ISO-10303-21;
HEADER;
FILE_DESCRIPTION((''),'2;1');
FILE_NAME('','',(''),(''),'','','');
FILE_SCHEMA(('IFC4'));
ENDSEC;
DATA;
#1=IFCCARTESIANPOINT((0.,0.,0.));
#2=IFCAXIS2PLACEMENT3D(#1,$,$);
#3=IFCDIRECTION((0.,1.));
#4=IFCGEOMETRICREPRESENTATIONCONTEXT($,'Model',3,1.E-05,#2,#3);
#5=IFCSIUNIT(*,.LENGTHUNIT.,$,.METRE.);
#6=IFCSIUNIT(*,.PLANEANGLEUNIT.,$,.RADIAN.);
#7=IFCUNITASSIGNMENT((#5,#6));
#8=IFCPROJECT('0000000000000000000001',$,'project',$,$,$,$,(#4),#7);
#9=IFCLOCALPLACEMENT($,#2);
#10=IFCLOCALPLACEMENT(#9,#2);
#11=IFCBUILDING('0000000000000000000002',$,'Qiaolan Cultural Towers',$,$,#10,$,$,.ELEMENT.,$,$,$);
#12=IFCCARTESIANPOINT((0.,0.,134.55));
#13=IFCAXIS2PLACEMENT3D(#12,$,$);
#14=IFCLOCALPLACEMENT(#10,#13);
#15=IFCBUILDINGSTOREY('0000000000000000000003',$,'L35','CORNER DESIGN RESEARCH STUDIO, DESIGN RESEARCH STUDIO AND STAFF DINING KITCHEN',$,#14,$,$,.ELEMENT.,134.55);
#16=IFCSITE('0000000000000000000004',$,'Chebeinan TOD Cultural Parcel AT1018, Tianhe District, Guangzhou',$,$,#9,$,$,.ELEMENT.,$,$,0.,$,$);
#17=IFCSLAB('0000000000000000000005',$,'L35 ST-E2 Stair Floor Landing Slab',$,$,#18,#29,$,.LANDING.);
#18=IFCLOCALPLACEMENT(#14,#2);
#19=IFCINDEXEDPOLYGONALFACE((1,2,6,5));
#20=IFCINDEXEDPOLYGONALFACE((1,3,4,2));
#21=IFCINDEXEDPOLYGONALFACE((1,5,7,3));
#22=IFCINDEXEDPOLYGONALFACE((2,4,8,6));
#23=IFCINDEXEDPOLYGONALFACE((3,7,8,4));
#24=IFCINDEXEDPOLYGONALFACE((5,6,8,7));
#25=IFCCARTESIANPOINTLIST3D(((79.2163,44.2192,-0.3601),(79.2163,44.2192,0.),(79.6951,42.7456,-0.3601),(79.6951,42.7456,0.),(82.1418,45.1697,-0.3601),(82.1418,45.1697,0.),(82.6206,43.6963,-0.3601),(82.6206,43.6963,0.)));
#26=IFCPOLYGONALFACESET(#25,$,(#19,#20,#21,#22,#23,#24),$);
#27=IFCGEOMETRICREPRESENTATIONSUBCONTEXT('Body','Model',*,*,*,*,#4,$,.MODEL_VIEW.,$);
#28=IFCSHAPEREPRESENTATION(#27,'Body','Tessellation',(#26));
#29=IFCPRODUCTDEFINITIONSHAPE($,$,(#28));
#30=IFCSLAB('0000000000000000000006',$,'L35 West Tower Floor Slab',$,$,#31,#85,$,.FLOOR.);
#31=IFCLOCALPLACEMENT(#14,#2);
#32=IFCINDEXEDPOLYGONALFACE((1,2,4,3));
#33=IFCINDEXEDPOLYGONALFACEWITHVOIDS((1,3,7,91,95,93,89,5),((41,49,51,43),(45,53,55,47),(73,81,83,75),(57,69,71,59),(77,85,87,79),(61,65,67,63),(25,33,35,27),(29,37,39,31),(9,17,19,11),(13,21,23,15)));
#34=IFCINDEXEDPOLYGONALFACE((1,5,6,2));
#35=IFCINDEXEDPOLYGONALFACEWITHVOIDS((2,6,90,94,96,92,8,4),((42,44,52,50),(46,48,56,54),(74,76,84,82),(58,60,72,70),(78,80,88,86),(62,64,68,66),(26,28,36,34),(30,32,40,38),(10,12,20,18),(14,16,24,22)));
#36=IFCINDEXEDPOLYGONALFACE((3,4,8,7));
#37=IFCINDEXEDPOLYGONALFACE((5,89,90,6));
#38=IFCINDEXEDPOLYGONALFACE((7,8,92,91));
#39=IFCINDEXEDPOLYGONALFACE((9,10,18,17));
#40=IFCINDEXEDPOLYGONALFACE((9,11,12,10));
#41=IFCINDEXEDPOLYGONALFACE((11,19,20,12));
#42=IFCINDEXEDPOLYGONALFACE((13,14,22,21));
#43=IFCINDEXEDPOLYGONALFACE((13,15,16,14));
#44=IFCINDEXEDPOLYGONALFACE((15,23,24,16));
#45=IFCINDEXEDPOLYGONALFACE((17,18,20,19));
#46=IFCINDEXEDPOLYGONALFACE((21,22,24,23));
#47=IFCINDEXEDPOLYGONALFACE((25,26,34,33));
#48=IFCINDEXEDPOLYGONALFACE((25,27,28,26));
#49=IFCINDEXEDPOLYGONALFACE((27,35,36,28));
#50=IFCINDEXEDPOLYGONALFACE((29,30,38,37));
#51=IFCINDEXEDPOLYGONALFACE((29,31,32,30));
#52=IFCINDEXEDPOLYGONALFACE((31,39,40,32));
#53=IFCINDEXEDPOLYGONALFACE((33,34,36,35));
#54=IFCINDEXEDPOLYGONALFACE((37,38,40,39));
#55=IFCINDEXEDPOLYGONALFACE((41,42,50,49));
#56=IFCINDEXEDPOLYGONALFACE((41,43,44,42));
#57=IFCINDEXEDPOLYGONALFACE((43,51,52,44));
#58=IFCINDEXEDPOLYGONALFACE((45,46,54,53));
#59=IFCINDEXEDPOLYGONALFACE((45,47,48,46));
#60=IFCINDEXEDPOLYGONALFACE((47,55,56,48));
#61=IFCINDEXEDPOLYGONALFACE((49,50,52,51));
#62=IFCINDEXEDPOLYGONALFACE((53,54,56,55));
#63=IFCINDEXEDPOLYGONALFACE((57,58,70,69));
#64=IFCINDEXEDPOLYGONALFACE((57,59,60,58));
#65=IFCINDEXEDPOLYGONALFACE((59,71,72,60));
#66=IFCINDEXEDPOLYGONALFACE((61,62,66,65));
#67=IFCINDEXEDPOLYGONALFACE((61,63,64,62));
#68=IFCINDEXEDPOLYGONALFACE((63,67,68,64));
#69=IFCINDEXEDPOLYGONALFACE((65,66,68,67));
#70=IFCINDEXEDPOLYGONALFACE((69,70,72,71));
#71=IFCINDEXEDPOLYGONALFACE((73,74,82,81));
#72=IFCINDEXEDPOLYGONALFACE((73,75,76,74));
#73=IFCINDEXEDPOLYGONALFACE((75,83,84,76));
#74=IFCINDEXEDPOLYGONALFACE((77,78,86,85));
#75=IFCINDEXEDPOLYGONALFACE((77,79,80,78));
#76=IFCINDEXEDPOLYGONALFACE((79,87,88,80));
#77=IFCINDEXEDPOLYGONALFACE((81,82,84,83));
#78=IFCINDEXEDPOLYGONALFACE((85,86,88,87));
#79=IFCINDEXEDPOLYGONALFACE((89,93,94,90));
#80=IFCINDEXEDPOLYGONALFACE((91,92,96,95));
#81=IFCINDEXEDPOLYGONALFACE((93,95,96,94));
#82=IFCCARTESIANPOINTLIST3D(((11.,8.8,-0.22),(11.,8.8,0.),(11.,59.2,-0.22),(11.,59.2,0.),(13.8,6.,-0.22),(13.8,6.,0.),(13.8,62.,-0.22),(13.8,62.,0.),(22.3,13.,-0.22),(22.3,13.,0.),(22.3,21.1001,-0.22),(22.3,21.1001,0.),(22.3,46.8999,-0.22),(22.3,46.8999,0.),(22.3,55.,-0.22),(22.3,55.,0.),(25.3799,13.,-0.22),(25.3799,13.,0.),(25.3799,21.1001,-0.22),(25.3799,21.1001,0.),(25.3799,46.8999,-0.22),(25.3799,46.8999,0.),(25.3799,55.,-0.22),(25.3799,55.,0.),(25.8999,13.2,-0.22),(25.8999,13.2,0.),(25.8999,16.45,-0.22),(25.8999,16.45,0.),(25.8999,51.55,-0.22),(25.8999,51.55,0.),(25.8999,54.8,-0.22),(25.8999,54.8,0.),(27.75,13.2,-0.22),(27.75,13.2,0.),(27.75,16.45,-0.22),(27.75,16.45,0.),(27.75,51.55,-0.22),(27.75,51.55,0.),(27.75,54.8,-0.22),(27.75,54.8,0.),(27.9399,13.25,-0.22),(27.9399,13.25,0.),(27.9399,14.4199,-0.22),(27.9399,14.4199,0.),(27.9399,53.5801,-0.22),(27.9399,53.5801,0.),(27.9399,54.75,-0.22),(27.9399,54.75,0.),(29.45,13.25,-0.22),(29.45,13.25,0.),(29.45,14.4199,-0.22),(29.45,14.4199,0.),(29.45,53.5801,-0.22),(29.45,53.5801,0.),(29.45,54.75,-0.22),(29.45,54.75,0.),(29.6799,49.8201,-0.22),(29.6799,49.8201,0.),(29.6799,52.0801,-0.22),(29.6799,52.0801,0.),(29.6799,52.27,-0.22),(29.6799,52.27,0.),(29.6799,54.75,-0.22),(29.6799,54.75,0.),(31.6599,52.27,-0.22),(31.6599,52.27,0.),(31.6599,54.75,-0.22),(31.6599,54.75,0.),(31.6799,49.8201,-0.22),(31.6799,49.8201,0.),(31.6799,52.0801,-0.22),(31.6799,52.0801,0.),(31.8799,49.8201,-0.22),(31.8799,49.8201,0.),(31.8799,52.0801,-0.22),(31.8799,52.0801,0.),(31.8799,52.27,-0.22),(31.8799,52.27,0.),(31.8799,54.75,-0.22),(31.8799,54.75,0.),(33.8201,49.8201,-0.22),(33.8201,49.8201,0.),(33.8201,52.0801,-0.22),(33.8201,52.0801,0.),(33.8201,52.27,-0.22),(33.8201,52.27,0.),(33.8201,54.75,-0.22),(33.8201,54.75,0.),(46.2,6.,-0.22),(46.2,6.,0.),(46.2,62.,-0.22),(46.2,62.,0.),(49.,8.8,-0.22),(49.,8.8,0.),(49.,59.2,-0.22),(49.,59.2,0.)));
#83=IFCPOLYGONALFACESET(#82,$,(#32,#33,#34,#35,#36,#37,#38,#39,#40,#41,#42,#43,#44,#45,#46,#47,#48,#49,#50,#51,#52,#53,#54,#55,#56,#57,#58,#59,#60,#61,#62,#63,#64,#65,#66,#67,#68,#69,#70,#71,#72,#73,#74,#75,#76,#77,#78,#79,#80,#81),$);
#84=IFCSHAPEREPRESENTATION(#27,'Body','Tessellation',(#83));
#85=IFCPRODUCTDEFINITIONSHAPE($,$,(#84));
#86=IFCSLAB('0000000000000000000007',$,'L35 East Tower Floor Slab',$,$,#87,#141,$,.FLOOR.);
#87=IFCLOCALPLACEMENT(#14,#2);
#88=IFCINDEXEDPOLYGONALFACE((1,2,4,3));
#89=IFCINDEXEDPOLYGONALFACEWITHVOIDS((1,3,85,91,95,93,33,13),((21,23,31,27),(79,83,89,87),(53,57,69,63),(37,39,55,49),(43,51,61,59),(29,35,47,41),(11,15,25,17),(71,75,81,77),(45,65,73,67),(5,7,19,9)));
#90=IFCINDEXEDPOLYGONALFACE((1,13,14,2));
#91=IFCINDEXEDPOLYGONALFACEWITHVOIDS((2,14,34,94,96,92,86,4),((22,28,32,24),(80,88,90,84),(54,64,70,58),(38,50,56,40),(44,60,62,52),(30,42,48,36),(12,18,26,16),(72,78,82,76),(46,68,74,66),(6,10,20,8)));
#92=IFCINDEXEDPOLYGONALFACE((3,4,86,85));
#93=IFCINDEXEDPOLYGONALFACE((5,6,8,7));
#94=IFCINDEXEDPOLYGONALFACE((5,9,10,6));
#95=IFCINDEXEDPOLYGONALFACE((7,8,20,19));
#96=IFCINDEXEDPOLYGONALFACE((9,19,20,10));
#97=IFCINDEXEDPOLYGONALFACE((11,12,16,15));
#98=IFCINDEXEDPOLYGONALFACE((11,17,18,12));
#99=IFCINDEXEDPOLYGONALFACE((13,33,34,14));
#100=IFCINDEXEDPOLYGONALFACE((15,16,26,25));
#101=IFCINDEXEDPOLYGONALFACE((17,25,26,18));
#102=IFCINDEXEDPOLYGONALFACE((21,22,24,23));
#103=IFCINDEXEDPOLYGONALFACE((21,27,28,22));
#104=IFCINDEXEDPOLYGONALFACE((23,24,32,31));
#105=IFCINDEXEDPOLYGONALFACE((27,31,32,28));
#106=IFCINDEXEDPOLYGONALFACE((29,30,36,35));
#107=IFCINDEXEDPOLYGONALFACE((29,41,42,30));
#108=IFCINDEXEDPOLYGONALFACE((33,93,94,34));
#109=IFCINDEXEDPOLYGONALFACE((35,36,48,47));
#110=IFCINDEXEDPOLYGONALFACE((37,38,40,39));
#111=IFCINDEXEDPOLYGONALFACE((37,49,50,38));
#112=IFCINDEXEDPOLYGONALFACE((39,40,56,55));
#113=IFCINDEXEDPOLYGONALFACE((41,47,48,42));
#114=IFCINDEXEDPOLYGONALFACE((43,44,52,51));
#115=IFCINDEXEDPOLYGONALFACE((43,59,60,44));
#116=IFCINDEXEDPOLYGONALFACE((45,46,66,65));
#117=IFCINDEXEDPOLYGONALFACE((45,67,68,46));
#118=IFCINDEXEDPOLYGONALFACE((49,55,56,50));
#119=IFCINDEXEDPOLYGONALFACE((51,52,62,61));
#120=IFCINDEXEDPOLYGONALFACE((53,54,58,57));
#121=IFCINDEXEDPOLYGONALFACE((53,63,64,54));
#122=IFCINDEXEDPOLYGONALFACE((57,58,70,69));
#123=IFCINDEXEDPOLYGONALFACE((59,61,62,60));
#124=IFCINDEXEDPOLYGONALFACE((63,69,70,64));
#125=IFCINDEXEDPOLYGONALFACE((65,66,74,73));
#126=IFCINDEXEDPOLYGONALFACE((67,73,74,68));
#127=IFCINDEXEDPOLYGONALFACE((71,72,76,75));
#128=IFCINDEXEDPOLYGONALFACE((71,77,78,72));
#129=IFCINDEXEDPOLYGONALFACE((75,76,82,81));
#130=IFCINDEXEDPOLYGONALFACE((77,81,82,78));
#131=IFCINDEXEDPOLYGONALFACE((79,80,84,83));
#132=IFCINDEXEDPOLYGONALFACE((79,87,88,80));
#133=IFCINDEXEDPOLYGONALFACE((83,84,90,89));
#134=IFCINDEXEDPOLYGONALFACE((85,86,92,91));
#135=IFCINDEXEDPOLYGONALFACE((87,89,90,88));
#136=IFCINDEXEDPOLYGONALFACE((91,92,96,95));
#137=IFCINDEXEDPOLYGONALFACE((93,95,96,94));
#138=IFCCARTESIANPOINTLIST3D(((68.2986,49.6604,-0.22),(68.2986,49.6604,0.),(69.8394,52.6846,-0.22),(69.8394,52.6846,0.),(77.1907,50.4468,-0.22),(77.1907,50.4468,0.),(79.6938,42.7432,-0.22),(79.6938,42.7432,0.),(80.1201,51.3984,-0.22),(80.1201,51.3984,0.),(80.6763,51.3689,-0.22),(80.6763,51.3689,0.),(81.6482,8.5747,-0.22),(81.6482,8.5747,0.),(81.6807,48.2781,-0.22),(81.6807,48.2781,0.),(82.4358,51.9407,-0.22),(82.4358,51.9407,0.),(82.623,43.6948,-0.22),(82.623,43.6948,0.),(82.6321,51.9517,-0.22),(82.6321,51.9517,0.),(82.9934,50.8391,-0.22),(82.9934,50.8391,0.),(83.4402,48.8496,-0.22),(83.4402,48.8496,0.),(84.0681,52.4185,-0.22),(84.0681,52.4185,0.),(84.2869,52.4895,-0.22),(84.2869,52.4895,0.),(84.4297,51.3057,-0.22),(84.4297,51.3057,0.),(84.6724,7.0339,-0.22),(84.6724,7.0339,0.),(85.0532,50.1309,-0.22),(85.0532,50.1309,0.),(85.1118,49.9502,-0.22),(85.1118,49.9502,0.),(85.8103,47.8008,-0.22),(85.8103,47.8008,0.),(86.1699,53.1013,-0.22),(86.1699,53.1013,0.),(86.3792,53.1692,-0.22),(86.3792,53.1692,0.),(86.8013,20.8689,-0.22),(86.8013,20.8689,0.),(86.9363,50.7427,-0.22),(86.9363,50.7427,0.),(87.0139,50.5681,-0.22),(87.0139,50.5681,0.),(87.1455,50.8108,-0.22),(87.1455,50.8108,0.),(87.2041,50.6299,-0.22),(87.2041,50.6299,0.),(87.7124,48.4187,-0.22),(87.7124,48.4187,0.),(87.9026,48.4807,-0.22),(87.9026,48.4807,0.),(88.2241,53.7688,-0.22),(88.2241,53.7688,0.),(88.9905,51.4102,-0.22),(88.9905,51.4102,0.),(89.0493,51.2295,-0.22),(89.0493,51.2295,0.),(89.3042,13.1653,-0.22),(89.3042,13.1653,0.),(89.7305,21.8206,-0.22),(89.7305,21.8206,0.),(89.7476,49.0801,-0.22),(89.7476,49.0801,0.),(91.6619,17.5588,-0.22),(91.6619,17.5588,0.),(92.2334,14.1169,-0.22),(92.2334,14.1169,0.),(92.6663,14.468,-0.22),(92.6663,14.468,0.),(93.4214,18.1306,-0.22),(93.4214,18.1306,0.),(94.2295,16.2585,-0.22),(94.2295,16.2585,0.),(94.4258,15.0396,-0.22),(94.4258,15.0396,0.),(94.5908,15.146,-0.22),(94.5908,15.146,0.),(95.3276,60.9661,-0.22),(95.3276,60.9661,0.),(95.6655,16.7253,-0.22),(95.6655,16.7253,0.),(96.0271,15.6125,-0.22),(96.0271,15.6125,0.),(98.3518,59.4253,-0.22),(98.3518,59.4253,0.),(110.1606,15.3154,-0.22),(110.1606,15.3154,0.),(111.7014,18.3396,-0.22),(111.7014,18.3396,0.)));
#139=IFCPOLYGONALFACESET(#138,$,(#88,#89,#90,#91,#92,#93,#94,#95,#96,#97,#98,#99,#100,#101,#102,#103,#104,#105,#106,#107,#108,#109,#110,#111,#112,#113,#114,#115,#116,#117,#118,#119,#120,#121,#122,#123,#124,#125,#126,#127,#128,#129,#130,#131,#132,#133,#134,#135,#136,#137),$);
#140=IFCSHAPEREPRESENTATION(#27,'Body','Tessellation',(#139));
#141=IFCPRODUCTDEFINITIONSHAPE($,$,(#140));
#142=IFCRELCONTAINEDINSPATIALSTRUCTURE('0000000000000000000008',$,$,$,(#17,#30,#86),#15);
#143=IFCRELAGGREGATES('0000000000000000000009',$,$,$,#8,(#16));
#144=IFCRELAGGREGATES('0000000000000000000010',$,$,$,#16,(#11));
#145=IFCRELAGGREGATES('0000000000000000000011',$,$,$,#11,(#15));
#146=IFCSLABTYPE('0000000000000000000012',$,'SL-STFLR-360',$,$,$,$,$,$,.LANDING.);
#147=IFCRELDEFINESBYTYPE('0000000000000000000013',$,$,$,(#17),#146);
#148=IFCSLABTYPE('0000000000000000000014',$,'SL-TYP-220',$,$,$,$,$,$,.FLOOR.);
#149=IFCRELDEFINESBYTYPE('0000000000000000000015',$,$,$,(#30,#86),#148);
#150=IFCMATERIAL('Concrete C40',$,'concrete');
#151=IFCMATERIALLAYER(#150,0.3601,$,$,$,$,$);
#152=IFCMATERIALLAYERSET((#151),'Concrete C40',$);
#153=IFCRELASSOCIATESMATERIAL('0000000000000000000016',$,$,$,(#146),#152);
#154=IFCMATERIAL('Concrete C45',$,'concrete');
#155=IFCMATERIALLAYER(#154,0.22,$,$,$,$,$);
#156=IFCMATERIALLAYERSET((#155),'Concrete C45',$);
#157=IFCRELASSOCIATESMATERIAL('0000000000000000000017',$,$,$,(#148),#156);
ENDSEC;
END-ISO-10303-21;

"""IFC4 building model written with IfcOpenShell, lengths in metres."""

from ifc_helpers import new_model, si_unit, direction, frame, origin, place, context, subcontext, project, spatial, polyline, outline, extrude, material, layer, layer_set, type_object, element, save


model = new_model("IFC4")

# Units and contexts
model_context = context("Model", 3, precision=1e-05, world=origin(), true_north=direction((0.0, 1.0)))
body_context = subcontext(model_context, "Body", "Model", "MODEL_VIEW")
ifc_project = project(units=[si_unit("LENGTHUNIT", "METRE"), si_unit("PLANEANGLEUNIT", "RADIAN")], contexts=[model_context])

# Site, building, storey
site_placement = place(None, origin())
site = spatial("IfcSite", under=ifc_project, at=site_placement, Name="Chebeinan TOD Cultural Parcel AT1018, Tianhe District, Guangzhou", CompositionType="ELEMENT", RefElevation=0.0)
building_placement = place(site_placement, origin())
building = spatial("IfcBuilding", under=site, at=building_placement, Name="Qiaolan Cultural Towers", CompositionType="ELEMENT")
storey_placement = place(building_placement, frame((0.0, 0.0, 134.55)))
storey = spatial("IfcBuildingStorey", under=building, at=storey_placement, Name="L35", Description="CORNER DESIGN RESEARCH STUDIO, DESIGN RESEARCH STUDIO AND STAFF DINING KITCHEN", CompositionType="ELEMENT", Elevation=134.55)

# Slabs
ifc_material_1 = material(Name="Concrete C40", Category="concrete")
ifc_layer_1 = layer(ifc_material_1, 0.3601)
ifc_layer_set_1 = layer_set([ifc_layer_1], Name="Concrete C40")
slab_type_1 = type_object("IfcSlabType", Name="SL-STFLR-360", PredefinedType="LANDING", material=ifc_layer_set_1)
slab_1_placement = place(storey_placement, frame((0.0, 0.0, -0.3601)))
element("IfcSlab", 1, at=slab_1_placement, inside=storey, type_object=slab_type_1, Name="L35 ST-E2 Stair Floor Landing Slab", PredefinedType="LANDING", context=body_context, shape_type="SweptSolid", body=[
    extrude(outline(polyline([(82.6206, 43.6963), (82.1418, 45.1697), (79.2163, 44.2192), (79.6951, 42.7456), (82.6206, 43.6963)])), origin(), (0.0, 0.0, 1.0), 0.3601),
])
ifc_material_2 = material(Name="Concrete C45", Category="concrete")
ifc_layer_2 = layer(ifc_material_2, 0.22)
ifc_layer_set_2 = layer_set([ifc_layer_2], Name="Concrete C45")
slab_type_2 = type_object("IfcSlabType", Name="SL-TYP-220", PredefinedType="FLOOR", material=ifc_layer_set_2)
slab_2_placement = place(storey_placement, frame((0.0, 0.0, -0.22)))
element("IfcSlab", 2, at=slab_2_placement, inside=storey, type_object=slab_type_2, Name="L35 West Tower Floor Slab", PredefinedType="FLOOR", context=body_context, shape_type="SweptSolid", body=[
    extrude(outline(polyline([(13.8, 6.0), (46.2, 6.0), (49.0, 8.8), (49.0, 59.2), (46.2, 62.0), (13.8, 62.0), (11.0, 59.2), (11.0, 8.8), (13.8, 6.0)]), holes=[polyline([(22.3, 21.1001), (22.3, 13.0), (25.3799, 13.0), (25.3799, 21.1001), (22.3, 21.1001)]), polyline([(25.3799, 46.8999), (25.3799, 55.0), (22.3, 55.0), (22.3, 46.8999), (25.3799, 46.8999)]), polyline([(25.8999, 13.2), (27.75, 13.2), (27.75, 16.45), (25.8999, 16.45), (25.8999, 13.2)]), polyline([(27.9399, 13.25), (29.45, 13.25), (29.45, 14.4199), (27.9399, 14.4199), (27.9399, 13.25)]), polyline([(25.8999, 51.55), (27.75, 51.55), (27.75, 54.8), (25.8999, 54.8), (25.8999, 51.55)]), polyline([(27.9399, 53.5801), (29.45, 53.5801), (29.45, 54.75), (27.9399, 54.75), (27.9399, 53.5801)]), polyline([(29.6799, 49.8201), (31.6799, 49.8201), (31.6799, 52.0801), (29.6799, 52.0801), (29.6799, 49.8201)]), polyline([(31.8799, 49.8201), (33.8201, 49.8201), (33.8201, 52.0801), (31.8799, 52.0801), (31.8799, 49.8201)]), polyline([(29.6799, 52.27), (31.6599, 52.27), (31.6599, 54.75), (29.6799, 54.75), (29.6799, 52.27)]), polyline([(31.8799, 52.27), (33.8201, 52.27), (33.8201, 54.75), (31.8799, 54.75), (31.8799, 52.27)])]), origin(), (0.0, 0.0, 1.0), 0.22),
])
slab_3_placement = place(storey_placement, frame((0.0, 0.0, -0.22)))
element("IfcSlab", 3, at=slab_3_placement, inside=storey, type_object=slab_type_2, Name="L35 East Tower Floor Slab", PredefinedType="FLOOR", context=body_context, shape_type="SweptSolid", body=[
    extrude(outline(polyline([(84.6724, 7.0339), (110.1606, 15.3154), (111.7014, 18.3396), (98.3518, 59.4253), (95.3276, 60.9661), (69.8394, 52.6846), (68.2986, 49.6604), (81.6482, 8.5747), (84.6724, 7.0339)]), holes=[polyline([(86.8013, 20.8689), (89.3042, 13.1653), (92.2334, 14.1169), (89.7305, 21.8206), (86.8013, 20.8689)]), polyline([(82.623, 43.6948), (80.1201, 51.3984), (77.1907, 50.4468), (79.6938, 42.7432), (82.623, 43.6948)]), polyline([(92.6663, 14.468), (94.4258, 15.0396), (93.4214, 18.1306), (91.6619, 17.5588), (92.6663, 14.468)]), polyline([(94.5908, 15.146), (96.0271, 15.6125), (95.6655, 16.7253), (94.2295, 16.2585), (94.5908, 15.146)]), polyline([(81.6807, 48.2781), (83.4402, 48.8496), (82.4358, 51.9407), (80.6763, 51.3689), (81.6807, 48.2781)]), polyline([(82.9934, 50.8391), (84.4297, 51.3057), (84.0681, 52.4185), (82.6321, 51.9517), (82.9934, 50.8391)]), polyline([(85.8103, 47.8008), (87.7124, 48.4187), (87.0139, 50.5681), (85.1118, 49.9502), (85.8103, 47.8008)]), polyline([(87.9026, 48.4807), (89.7476, 49.0801), (89.0493, 51.2295), (87.2041, 50.6299), (87.9026, 48.4807)]), polyline([(85.0532, 50.1309), (86.9363, 50.7427), (86.1699, 53.1013), (84.2869, 52.4895), (85.0532, 50.1309)]), polyline([(87.1455, 50.8108), (88.9905, 51.4102), (88.2241, 53.7688), (86.3792, 53.1692), (87.1455, 50.8108)])]), origin(), (0.0, 0.0, 1.0), 0.22),
])

save(model, "model.ifc")
